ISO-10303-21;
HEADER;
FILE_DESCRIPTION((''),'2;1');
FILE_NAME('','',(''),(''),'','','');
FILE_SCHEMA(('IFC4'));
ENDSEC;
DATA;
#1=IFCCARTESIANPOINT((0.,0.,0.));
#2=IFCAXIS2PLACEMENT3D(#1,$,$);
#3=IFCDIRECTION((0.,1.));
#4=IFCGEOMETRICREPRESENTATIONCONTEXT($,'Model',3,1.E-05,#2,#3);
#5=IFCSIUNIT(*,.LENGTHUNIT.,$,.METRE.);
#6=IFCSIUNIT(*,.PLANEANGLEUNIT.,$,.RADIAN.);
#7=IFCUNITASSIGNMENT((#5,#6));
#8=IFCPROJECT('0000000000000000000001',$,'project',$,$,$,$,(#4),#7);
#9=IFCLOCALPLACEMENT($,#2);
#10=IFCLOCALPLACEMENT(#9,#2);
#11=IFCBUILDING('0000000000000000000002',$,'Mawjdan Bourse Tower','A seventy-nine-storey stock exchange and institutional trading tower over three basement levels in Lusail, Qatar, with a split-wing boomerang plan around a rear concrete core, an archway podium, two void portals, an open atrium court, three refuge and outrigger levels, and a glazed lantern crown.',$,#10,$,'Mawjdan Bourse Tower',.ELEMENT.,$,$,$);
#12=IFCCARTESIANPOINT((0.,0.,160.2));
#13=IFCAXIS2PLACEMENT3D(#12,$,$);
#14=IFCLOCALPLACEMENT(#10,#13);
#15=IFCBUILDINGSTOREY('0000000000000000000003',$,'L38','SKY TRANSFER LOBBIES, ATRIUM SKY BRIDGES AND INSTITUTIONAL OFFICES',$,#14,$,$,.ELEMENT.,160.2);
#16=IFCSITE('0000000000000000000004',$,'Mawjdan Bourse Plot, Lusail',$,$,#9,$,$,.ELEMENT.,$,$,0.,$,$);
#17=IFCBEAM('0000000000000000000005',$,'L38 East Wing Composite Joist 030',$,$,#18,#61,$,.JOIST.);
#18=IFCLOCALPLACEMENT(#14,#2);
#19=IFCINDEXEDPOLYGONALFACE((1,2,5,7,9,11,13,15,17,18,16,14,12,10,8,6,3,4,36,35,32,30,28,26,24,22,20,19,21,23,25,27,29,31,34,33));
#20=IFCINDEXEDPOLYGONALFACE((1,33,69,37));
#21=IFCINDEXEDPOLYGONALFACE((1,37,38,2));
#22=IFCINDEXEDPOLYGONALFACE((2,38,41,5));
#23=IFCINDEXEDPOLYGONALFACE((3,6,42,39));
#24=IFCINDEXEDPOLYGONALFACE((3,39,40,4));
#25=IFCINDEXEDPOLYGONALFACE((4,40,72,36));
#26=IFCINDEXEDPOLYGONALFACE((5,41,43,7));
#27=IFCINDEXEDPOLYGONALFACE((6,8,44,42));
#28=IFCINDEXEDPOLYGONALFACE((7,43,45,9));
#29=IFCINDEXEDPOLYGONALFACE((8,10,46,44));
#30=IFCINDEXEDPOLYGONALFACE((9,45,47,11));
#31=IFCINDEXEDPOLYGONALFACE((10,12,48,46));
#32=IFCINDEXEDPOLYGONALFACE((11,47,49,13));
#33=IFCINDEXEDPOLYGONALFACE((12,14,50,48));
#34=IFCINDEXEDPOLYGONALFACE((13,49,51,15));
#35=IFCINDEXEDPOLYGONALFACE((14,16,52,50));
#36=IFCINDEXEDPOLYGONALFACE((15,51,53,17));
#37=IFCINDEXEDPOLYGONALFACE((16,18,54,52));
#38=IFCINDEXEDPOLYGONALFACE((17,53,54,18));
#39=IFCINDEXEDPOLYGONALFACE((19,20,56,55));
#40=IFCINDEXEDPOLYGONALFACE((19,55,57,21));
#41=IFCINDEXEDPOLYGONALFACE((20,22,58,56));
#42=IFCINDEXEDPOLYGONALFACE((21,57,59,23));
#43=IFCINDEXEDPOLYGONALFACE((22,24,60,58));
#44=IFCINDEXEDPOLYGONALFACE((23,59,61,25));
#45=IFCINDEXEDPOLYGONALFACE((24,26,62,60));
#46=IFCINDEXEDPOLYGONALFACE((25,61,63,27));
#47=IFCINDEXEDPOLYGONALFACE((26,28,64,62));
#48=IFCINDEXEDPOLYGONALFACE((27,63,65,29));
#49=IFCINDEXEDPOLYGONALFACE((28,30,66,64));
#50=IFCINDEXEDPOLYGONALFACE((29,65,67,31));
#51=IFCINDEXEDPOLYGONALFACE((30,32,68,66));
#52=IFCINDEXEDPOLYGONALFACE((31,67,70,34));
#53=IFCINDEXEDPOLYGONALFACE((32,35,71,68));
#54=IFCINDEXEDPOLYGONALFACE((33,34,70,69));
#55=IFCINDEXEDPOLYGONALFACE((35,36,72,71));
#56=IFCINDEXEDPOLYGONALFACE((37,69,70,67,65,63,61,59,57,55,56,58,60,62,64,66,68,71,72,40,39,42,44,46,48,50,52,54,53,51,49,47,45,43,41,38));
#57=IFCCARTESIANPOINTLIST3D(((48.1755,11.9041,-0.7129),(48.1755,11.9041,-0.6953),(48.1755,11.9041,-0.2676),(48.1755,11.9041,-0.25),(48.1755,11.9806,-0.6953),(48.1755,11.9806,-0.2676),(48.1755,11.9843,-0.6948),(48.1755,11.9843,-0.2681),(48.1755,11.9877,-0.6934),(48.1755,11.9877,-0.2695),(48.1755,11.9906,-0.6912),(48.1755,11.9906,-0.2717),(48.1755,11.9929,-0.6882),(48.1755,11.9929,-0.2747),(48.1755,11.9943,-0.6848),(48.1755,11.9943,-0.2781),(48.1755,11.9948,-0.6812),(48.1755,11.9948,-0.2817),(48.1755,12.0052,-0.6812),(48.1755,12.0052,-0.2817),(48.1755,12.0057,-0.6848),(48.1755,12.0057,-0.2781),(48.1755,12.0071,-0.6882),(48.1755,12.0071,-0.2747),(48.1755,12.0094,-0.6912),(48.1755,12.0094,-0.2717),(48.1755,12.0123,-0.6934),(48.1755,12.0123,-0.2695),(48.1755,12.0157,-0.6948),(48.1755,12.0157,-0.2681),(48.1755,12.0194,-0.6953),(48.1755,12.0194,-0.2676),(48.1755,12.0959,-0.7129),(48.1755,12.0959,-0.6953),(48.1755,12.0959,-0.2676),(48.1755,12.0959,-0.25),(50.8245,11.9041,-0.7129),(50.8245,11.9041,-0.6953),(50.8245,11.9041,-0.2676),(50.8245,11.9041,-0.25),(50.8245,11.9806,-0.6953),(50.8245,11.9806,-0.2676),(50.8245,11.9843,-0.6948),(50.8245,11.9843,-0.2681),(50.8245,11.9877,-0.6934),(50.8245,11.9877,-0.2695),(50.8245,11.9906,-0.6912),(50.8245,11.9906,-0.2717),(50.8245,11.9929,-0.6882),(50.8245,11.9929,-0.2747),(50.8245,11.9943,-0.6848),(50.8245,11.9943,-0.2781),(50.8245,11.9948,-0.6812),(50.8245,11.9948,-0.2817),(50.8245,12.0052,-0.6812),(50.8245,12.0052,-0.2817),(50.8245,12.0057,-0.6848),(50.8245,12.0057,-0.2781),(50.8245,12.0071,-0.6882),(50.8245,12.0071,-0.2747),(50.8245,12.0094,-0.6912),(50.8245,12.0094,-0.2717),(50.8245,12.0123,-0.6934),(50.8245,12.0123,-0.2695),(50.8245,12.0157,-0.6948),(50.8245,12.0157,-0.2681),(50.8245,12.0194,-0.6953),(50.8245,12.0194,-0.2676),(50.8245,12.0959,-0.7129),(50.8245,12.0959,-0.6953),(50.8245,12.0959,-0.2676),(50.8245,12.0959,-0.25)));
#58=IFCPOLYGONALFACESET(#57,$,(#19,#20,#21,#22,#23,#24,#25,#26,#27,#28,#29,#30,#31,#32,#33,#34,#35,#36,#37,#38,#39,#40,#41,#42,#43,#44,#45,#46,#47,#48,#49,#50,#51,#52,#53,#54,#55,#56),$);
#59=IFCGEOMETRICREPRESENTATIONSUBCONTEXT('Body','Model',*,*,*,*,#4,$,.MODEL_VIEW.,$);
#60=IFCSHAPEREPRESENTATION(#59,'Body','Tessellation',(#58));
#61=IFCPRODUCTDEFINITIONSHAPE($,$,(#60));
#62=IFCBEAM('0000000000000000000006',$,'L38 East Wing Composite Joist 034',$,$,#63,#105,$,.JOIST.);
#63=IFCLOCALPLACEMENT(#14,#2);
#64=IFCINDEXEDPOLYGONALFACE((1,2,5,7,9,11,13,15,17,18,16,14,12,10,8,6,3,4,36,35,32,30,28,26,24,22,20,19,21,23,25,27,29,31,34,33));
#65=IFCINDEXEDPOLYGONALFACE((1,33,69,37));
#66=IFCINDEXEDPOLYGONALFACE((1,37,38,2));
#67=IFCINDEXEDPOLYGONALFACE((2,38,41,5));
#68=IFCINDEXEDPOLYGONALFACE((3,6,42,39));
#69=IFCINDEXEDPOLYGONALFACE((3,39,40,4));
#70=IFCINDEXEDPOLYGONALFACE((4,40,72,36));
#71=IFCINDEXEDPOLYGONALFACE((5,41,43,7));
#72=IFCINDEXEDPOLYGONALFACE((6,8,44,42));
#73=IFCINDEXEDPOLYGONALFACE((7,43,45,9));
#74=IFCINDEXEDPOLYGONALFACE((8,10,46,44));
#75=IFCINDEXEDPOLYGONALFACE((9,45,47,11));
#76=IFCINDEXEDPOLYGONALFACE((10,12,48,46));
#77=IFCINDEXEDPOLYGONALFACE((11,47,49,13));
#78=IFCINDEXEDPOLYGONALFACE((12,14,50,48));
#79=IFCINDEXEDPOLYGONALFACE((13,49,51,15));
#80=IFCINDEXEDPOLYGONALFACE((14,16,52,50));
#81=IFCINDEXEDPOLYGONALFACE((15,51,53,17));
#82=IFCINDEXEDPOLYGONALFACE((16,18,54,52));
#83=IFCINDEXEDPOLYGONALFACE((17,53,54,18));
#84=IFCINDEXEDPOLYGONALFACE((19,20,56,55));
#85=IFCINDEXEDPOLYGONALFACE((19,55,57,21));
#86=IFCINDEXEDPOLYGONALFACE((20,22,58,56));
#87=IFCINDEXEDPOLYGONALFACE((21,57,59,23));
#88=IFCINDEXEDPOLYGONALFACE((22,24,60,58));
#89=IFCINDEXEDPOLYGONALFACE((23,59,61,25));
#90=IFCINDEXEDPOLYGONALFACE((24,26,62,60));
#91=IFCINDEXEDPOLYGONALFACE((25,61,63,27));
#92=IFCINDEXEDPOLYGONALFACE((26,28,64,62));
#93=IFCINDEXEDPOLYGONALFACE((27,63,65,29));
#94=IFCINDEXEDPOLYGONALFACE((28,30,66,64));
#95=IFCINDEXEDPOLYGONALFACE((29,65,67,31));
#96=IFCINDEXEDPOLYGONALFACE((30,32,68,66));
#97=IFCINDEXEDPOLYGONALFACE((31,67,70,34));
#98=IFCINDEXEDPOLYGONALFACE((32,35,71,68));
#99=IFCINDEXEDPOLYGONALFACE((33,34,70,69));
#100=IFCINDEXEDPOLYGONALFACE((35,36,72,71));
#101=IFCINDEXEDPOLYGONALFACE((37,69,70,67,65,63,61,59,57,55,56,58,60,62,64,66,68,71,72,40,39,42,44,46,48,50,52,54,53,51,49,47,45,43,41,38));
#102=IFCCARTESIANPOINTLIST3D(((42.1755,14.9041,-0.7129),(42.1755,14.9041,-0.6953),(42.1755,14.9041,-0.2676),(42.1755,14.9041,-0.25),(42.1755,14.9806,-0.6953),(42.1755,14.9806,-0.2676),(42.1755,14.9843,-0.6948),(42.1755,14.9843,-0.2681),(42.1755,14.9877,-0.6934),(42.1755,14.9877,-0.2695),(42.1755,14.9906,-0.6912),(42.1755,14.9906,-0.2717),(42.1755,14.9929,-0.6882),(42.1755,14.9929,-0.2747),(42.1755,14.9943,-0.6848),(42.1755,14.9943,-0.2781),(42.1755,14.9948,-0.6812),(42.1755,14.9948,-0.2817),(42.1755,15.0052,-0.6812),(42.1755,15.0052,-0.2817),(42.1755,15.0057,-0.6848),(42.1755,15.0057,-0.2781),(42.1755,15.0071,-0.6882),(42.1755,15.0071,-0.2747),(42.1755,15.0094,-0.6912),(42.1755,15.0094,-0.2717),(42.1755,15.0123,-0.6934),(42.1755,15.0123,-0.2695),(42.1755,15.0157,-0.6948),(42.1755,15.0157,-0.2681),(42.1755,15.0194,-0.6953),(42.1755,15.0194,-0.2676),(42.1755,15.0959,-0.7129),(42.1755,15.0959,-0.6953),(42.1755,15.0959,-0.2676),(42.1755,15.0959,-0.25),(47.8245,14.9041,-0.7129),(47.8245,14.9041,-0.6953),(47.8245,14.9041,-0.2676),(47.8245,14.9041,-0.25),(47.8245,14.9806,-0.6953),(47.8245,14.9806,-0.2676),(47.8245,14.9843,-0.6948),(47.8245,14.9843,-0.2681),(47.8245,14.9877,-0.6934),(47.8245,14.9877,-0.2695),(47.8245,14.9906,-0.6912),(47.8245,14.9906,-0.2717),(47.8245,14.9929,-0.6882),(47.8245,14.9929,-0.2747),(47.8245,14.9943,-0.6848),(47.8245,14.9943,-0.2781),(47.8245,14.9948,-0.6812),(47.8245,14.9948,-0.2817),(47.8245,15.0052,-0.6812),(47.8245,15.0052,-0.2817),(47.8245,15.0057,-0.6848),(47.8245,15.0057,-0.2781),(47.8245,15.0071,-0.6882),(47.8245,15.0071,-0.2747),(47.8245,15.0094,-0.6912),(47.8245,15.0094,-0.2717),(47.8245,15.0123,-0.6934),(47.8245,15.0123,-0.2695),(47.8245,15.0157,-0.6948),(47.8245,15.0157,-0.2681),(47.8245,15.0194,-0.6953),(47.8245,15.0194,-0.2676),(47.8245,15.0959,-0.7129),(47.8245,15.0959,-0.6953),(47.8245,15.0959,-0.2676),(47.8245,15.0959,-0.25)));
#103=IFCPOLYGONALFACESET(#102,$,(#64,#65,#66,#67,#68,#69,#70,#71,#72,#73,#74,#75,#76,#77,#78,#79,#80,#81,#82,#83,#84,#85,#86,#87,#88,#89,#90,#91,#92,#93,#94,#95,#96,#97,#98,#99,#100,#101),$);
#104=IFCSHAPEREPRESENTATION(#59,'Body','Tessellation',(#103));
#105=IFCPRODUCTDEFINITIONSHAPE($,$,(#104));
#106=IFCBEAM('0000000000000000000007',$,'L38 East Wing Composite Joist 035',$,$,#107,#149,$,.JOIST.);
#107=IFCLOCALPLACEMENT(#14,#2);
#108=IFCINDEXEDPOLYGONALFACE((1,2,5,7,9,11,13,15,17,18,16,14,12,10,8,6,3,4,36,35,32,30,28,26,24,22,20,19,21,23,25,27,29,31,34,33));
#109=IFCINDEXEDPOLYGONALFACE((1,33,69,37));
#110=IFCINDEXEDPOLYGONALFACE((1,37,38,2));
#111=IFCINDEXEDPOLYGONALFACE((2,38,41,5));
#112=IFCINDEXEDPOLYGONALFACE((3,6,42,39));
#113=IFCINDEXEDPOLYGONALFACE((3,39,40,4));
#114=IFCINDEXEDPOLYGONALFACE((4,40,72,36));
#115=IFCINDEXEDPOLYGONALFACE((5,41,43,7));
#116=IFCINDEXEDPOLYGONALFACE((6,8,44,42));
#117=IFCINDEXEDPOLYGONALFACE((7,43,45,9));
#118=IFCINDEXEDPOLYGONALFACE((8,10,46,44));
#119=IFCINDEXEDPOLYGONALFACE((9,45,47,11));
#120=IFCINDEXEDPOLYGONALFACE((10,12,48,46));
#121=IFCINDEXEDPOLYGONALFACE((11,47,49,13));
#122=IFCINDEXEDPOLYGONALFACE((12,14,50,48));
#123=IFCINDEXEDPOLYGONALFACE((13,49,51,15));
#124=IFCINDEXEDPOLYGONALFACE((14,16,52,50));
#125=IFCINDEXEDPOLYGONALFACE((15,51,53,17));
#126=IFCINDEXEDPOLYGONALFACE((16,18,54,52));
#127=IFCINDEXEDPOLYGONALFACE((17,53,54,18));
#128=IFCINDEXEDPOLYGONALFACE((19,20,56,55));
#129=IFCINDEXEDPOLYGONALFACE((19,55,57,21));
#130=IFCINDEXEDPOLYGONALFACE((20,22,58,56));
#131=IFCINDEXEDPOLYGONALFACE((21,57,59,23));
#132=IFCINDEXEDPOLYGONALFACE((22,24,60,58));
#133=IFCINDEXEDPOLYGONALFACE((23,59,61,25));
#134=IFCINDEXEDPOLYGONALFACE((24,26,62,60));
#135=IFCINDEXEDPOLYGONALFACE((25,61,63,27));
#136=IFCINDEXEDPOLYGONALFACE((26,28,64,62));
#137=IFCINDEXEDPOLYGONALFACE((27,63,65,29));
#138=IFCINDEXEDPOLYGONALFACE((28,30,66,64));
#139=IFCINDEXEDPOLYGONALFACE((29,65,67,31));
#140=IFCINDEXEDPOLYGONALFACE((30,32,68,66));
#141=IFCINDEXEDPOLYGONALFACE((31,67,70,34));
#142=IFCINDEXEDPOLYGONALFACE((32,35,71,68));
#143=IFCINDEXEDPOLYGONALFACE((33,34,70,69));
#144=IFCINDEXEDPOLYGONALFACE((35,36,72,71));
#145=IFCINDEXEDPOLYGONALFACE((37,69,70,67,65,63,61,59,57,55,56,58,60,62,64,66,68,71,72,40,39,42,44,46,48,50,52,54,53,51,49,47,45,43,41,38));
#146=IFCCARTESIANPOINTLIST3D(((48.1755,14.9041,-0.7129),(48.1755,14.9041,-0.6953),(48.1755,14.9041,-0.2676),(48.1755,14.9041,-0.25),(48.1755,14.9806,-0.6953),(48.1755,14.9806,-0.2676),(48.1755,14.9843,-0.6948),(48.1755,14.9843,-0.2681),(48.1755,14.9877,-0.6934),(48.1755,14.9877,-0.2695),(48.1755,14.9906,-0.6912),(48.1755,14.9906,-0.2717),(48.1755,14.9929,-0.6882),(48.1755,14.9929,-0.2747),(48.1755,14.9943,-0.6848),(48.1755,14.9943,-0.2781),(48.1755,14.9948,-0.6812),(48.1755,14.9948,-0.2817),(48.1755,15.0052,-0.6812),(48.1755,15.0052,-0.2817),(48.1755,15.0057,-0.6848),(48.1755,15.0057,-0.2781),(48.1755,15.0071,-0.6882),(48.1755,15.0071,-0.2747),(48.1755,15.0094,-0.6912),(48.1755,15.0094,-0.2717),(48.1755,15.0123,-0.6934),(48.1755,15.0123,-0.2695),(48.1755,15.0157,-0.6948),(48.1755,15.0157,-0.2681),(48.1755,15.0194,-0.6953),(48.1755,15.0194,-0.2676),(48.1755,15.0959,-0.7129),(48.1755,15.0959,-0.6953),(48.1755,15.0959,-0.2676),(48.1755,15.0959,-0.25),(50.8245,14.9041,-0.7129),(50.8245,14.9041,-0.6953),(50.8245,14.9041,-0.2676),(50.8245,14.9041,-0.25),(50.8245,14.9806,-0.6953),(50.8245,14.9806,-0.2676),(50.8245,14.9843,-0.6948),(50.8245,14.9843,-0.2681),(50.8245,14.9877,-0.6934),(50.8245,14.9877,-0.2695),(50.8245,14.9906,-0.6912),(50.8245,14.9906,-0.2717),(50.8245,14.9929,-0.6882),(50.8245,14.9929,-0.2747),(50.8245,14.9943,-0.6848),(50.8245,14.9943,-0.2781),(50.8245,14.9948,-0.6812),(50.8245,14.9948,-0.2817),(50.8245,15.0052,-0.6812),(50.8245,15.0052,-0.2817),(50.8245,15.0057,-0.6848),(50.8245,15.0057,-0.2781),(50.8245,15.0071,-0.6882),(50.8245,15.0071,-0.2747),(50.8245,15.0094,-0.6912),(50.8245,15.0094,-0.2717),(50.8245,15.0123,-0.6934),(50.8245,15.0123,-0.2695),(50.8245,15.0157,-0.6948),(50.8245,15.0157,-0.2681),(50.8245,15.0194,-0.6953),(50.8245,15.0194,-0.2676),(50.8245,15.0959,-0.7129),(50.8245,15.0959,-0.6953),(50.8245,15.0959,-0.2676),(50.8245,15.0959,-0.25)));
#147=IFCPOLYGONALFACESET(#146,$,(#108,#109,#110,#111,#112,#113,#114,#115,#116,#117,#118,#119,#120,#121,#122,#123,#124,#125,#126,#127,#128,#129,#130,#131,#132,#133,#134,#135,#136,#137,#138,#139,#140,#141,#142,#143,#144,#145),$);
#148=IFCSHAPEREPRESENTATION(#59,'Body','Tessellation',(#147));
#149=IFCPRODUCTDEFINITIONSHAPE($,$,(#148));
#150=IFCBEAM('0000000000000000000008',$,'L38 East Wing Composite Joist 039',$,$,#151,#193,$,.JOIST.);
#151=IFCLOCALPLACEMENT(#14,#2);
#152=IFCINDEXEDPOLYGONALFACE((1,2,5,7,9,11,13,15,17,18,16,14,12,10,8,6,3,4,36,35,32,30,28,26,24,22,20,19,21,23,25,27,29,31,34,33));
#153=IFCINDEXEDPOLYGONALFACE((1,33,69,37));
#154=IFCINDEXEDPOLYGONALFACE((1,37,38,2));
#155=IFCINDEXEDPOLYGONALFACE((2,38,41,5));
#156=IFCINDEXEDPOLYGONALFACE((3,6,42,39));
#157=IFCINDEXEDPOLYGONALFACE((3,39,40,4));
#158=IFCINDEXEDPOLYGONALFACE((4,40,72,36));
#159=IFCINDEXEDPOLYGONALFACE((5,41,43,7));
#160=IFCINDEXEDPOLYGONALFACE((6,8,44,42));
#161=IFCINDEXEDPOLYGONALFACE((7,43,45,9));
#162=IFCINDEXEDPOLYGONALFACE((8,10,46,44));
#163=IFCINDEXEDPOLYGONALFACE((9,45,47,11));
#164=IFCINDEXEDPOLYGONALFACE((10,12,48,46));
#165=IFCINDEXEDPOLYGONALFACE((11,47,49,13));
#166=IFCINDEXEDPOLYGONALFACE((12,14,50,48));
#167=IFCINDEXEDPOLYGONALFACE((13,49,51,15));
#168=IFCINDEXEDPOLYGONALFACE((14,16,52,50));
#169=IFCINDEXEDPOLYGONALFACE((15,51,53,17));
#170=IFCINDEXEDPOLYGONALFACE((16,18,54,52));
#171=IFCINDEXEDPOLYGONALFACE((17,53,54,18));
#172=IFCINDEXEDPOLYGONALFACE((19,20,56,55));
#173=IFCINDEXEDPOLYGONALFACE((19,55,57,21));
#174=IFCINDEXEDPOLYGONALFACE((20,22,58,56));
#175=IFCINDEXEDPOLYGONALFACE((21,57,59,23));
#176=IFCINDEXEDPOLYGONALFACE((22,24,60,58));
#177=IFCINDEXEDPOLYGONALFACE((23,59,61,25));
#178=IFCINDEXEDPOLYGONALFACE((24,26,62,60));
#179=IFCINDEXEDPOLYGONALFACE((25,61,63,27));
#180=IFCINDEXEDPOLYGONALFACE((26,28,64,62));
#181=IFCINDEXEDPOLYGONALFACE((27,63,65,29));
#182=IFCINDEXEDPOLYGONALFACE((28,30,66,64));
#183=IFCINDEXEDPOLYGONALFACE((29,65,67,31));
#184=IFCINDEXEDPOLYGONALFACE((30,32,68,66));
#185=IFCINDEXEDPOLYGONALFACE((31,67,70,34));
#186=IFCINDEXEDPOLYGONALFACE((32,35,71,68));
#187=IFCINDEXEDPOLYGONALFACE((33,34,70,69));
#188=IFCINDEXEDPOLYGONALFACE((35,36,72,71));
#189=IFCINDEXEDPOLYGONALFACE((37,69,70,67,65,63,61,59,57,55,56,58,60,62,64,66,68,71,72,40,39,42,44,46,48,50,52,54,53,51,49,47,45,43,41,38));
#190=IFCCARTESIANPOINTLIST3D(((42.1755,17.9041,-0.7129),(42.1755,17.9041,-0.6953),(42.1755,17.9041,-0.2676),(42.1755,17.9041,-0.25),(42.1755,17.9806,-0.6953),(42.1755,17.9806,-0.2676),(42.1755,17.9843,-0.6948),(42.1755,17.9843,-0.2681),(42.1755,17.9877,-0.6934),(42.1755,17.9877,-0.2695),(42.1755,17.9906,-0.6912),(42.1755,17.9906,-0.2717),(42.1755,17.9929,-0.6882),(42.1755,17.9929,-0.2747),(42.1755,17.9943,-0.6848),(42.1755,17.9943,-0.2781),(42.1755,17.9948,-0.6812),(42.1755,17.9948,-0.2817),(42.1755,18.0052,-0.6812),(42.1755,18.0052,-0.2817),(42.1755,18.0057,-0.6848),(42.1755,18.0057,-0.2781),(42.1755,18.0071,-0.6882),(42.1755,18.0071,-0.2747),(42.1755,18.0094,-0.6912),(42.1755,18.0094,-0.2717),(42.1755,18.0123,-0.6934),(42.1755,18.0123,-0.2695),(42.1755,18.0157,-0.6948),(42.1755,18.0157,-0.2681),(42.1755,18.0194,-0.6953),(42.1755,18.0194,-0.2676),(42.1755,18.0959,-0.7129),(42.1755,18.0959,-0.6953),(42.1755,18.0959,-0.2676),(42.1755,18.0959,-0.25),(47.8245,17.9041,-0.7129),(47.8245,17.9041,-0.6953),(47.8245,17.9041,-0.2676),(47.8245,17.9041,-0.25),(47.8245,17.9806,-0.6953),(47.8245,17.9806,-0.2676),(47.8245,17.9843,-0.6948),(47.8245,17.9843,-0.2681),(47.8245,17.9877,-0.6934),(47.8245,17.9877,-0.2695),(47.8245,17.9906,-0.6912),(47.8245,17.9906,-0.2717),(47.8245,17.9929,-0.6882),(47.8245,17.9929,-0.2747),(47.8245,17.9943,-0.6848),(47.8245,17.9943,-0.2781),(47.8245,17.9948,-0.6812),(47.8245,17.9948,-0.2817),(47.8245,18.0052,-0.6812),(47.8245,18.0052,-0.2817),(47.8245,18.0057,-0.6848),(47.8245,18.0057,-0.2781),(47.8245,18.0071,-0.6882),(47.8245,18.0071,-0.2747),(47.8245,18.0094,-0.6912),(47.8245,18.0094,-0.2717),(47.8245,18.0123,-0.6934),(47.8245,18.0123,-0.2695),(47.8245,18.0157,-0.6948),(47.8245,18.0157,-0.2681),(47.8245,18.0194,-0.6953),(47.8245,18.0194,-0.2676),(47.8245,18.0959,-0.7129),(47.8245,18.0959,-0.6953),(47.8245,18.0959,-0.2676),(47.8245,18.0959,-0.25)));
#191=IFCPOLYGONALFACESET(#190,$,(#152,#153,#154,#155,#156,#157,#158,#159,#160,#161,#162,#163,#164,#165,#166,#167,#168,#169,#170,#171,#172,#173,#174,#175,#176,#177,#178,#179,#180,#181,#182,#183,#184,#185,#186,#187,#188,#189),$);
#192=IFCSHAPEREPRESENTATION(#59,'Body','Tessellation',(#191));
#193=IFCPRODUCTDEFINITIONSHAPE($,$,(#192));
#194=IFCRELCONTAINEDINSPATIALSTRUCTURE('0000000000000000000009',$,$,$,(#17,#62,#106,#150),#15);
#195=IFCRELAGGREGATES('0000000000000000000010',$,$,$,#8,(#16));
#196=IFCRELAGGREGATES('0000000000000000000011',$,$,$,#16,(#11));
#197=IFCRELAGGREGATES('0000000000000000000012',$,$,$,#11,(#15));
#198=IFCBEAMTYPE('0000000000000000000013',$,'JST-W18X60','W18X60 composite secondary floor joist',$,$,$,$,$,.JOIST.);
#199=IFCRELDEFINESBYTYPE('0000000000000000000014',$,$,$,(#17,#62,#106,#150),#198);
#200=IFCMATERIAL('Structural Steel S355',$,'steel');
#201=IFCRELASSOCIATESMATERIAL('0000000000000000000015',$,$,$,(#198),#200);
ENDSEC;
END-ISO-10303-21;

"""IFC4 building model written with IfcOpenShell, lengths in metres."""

from ifc_helpers import new_model, si_unit, direction, frame, origin, origin_2d, place, context, subcontext, project, spatial, i_section, extrude, material, material_profile, profile_set, type_object, element, save


model = new_model("IFC4")

# Units and contexts
model_context = context("Model", 3, precision=1e-05, world=origin(), true_north=direction((0.0, 1.0)))
body_context = subcontext(model_context, "Body", "Model", "MODEL_VIEW")
ifc_project = project(units=[si_unit("LENGTHUNIT", "METRE"), si_unit("PLANEANGLEUNIT", "RADIAN")], contexts=[model_context])

# Site, building, storey
site_placement = place(None, origin())
site = spatial("IfcSite", under=ifc_project, at=site_placement, Name="Mawjdan Bourse Plot, Lusail", CompositionType="ELEMENT", RefElevation=0.0)
building_placement = place(site_placement, origin())
building = spatial("IfcBuilding", under=site, at=building_placement, Name="Mawjdan Bourse Tower", Description="A seventy-nine-storey stock exchange and institutional trading tower over three basement levels in Lusail, Qatar, with a split-wing boomerang plan around a rear concrete core, an archway podium, two void portals, an open atrium court, three refuge and outrigger levels, and a glazed lantern crown.", LongName="Mawjdan Bourse Tower", CompositionType="ELEMENT")
storey_placement = place(building_placement, frame((0.0, 0.0, 160.2)))
storey = spatial("IfcBuildingStorey", under=building, at=storey_placement, Name="L38", Description="SKY TRANSFER LOBBIES, ATRIUM SKY BRIDGES AND INSTITUTIONAL OFFICES", CompositionType="ELEMENT", Elevation=160.2)

# Beams
ifc_material_1 = material(Name="Structural Steel S355", Category="steel")
ifc_material_profile_1 = material_profile(ifc_material_1, i_section(OverallWidth=0.1919, OverallDepth=0.4629, WebThickness=0.0105, FlangeThickness=0.0176, FilletRadius=0.0142, at=origin_2d()), Name="W18X60")
ifc_profile_set_1 = profile_set([ifc_material_profile_1], Name="Structural Steel S355")
beam_type_1 = type_object("IfcBeamType", Name="JST-W18X60", Description="W18X60 composite secondary floor joist", PredefinedType="JOIST", material=ifc_profile_set_1)
beam_1_placement = place(storey_placement, frame((48.1755, 12.0, -0.4814), z_axis=(1.0, 0.0, 0.0), x_axis=(0.0, 1.0, 0.0)))
element("IfcBeam", 1, at=beam_1_placement, inside=storey, type_object=beam_type_1, Name="L38 East Wing Composite Joist 030", PredefinedType="JOIST", context=body_context, shape_type="SweptSolid", body=[
    extrude(i_section(OverallWidth=0.1919, OverallDepth=0.4629, WebThickness=0.0105, FlangeThickness=0.0176, FilletRadius=0.0142, at=origin_2d()), origin(), (0.0, 0.0, 1.0), 2.6489),
])
beam_2_placement = place(storey_placement, frame((42.1755, 15.0, -0.4814), z_axis=(1.0, 0.0, 0.0), x_axis=(0.0, 1.0, 0.0)))
element("IfcBeam", 2, at=beam_2_placement, inside=storey, type_object=beam_type_1, Name="L38 East Wing Composite Joist 034", PredefinedType="JOIST", context=body_context, shape_type="SweptSolid", body=[
    extrude(i_section(OverallWidth=0.1919, OverallDepth=0.4629, WebThickness=0.0105, FlangeThickness=0.0176, FilletRadius=0.0142, at=origin_2d()), origin(), (0.0, 0.0, 1.0), 5.6489),
])
beam_3_placement = place(storey_placement, frame((48.1755, 15.0, -0.4814), z_axis=(1.0, 0.0, 0.0), x_axis=(0.0, 1.0, 0.0)))
element("IfcBeam", 3, at=beam_3_placement, inside=storey, type_object=beam_type_1, Name="L38 East Wing Composite Joist 035", PredefinedType="JOIST", context=body_context, shape_type="SweptSolid", body=[
    extrude(i_section(OverallWidth=0.1919, OverallDepth=0.4629, WebThickness=0.0105, FlangeThickness=0.0176, FilletRadius=0.0142, at=origin_2d()), origin(), (0.0, 0.0, 1.0), 2.6489),
])
beam_4_placement = place(storey_placement, frame((42.1755, 18.0, -0.4814), z_axis=(1.0, 0.0, 0.0), x_axis=(0.0, 1.0, 0.0)))
element("IfcBeam", 4, at=beam_4_placement, inside=storey, type_object=beam_type_1, Name="L38 East Wing Composite Joist 039", PredefinedType="JOIST", context=body_context, shape_type="SweptSolid", body=[
    extrude(i_section(OverallWidth=0.1919, OverallDepth=0.4629, WebThickness=0.0105, FlangeThickness=0.0176, FilletRadius=0.0142, at=origin_2d()), origin(), (0.0, 0.0, 1.0), 5.6489),
])

save(model, "model.ifc")
